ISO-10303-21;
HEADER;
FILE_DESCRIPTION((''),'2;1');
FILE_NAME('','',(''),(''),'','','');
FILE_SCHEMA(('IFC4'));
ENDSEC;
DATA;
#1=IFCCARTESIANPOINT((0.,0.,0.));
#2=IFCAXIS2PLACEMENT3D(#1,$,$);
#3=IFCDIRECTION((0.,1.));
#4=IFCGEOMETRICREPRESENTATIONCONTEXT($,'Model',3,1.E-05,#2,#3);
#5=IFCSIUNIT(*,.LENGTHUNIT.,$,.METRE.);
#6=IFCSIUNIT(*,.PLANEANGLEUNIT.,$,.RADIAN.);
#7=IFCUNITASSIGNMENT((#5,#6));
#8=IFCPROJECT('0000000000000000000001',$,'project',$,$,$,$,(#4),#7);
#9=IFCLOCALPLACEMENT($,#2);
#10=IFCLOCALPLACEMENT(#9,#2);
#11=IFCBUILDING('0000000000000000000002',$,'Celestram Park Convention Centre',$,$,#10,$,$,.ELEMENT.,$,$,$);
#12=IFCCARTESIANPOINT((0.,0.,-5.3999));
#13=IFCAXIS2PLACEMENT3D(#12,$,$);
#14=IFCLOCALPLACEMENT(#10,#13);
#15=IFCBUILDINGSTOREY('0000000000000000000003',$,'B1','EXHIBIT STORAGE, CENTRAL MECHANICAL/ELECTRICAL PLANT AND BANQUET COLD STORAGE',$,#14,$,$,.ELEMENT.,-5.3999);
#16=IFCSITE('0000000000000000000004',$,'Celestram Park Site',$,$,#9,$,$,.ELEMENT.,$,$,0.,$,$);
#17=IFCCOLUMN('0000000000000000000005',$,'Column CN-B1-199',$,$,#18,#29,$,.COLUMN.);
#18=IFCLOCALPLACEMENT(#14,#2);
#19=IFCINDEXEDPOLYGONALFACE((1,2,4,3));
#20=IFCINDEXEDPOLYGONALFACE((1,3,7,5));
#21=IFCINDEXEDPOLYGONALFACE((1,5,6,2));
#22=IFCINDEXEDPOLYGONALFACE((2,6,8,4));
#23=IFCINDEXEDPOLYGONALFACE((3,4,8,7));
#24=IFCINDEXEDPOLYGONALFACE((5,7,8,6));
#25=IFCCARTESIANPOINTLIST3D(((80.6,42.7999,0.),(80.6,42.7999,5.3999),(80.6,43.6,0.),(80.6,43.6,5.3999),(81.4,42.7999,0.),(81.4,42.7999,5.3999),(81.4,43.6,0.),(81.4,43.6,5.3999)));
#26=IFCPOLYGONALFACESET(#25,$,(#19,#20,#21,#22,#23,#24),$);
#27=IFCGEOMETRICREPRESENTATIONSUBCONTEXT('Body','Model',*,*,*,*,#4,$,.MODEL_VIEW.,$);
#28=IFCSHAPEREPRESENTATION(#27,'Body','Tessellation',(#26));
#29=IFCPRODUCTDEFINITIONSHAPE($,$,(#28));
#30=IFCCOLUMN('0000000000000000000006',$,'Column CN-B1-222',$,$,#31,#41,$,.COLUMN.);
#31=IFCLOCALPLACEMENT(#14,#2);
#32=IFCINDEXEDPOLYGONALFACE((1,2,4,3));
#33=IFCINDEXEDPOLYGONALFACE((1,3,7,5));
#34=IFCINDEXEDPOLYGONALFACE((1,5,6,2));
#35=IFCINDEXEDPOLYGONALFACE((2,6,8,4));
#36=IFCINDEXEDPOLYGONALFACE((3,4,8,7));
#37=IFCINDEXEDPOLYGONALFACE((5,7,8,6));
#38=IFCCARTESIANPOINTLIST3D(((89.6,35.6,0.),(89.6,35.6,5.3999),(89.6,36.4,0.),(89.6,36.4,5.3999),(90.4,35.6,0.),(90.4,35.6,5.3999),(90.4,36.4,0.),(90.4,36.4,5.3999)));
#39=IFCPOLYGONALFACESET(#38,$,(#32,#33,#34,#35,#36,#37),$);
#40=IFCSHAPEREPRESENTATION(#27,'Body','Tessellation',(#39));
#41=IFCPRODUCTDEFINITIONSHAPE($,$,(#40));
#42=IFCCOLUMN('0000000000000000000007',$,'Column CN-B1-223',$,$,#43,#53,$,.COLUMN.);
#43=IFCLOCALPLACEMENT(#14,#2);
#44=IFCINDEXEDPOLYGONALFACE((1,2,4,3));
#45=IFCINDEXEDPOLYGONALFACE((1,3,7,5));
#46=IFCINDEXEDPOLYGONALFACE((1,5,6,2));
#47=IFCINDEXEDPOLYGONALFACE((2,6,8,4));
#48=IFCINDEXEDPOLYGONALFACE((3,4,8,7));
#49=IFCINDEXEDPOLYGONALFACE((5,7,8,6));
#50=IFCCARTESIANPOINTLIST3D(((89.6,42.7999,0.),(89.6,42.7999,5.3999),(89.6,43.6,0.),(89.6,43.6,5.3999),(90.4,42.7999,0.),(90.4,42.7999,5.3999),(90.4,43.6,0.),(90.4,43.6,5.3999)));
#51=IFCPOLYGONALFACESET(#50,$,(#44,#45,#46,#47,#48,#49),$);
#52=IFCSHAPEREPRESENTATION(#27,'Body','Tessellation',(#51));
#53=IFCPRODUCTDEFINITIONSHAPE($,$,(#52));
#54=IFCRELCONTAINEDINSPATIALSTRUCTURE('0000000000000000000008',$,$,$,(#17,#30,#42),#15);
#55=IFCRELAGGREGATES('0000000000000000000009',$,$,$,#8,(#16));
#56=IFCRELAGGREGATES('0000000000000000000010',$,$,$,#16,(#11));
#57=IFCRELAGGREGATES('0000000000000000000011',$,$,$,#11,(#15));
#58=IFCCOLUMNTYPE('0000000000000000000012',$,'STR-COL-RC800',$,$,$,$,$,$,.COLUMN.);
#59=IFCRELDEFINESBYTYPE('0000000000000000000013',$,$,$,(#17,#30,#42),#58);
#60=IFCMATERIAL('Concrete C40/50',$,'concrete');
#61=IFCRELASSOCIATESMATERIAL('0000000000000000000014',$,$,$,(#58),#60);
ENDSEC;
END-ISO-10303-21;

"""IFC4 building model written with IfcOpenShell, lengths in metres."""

from ifc_helpers import new_model, si_unit, direction, frame, origin, origin_2d, place, context, subcontext, project, spatial, rectangle, extrude, material, material_profile, profile_set, type_object, element, save


model = new_model("IFC4")

# Units and contexts
model_context = context("Model", 3, precision=1e-05, world=origin(), true_north=direction((0.0, 1.0)))
body_context = subcontext(model_context, "Body", "Model", "MODEL_VIEW")
ifc_project = project(units=[si_unit("LENGTHUNIT", "METRE"), si_unit("PLANEANGLEUNIT", "RADIAN")], contexts=[model_context])

# Site, building, storey
site_placement = place(None, origin())
site = spatial("IfcSite", under=ifc_project, at=site_placement, Name="Celestram Park Site", CompositionType="ELEMENT", RefElevation=0.0)
building_placement = place(site_placement, origin())
building = spatial("IfcBuilding", under=site, at=building_placement, Name="Celestram Park Convention Centre", CompositionType="ELEMENT")
storey_placement = place(building_placement, frame((0.0, 0.0, -5.3999)))
storey = spatial("IfcBuildingStorey", under=building, at=storey_placement, Name="B1", Description="EXHIBIT STORAGE, CENTRAL MECHANICAL/ELECTRICAL PLANT AND BANQUET COLD STORAGE", CompositionType="ELEMENT", Elevation=-5.3999)

# Shared definitions
ifc_material_1 = material(Name="Concrete C40/50", Category="concrete")

# Columns
ifc_material_profile_1 = material_profile(ifc_material_1, rectangle(XDim=0.8, YDim=0.8, at=origin_2d()), Name="RC800X800")
ifc_profile_set_1 = profile_set([ifc_material_profile_1], Name="Concrete C40/50")
column_type = type_object("IfcColumnType", Name="STR-COL-RC800", PredefinedType="COLUMN", material=ifc_profile_set_1)
for number, where, z_axis, x_axis, name in (
    (1, (81.0, 43.2, 0.0), (0.0, 0.0, 1.0), (1.0, 0.0, 0.0), "Column CN-B1-199"),
    (2, (90.0, 36.0, 0.0), (0.0, 0.0, 1.0), (1.0, 0.0, 0.0), "Column CN-B1-222"),
    (3, (90.0, 43.2, 0.0), (0.0, 0.0, 1.0), (1.0, 0.0, 0.0), "Column CN-B1-223"),
):
    element("IfcColumn", number, at=place(storey_placement, frame(where, z_axis=z_axis, x_axis=x_axis)), inside=storey, type_object=column_type, Name=name, PredefinedType="COLUMN", context=body_context, shape_type="SweptSolid", body=[
        extrude(rectangle(XDim=0.8, YDim=0.8, at=origin_2d()), origin(), (0.0, 0.0, 1.0), 5.3999),
    ])

save(model, "model.ifc")
